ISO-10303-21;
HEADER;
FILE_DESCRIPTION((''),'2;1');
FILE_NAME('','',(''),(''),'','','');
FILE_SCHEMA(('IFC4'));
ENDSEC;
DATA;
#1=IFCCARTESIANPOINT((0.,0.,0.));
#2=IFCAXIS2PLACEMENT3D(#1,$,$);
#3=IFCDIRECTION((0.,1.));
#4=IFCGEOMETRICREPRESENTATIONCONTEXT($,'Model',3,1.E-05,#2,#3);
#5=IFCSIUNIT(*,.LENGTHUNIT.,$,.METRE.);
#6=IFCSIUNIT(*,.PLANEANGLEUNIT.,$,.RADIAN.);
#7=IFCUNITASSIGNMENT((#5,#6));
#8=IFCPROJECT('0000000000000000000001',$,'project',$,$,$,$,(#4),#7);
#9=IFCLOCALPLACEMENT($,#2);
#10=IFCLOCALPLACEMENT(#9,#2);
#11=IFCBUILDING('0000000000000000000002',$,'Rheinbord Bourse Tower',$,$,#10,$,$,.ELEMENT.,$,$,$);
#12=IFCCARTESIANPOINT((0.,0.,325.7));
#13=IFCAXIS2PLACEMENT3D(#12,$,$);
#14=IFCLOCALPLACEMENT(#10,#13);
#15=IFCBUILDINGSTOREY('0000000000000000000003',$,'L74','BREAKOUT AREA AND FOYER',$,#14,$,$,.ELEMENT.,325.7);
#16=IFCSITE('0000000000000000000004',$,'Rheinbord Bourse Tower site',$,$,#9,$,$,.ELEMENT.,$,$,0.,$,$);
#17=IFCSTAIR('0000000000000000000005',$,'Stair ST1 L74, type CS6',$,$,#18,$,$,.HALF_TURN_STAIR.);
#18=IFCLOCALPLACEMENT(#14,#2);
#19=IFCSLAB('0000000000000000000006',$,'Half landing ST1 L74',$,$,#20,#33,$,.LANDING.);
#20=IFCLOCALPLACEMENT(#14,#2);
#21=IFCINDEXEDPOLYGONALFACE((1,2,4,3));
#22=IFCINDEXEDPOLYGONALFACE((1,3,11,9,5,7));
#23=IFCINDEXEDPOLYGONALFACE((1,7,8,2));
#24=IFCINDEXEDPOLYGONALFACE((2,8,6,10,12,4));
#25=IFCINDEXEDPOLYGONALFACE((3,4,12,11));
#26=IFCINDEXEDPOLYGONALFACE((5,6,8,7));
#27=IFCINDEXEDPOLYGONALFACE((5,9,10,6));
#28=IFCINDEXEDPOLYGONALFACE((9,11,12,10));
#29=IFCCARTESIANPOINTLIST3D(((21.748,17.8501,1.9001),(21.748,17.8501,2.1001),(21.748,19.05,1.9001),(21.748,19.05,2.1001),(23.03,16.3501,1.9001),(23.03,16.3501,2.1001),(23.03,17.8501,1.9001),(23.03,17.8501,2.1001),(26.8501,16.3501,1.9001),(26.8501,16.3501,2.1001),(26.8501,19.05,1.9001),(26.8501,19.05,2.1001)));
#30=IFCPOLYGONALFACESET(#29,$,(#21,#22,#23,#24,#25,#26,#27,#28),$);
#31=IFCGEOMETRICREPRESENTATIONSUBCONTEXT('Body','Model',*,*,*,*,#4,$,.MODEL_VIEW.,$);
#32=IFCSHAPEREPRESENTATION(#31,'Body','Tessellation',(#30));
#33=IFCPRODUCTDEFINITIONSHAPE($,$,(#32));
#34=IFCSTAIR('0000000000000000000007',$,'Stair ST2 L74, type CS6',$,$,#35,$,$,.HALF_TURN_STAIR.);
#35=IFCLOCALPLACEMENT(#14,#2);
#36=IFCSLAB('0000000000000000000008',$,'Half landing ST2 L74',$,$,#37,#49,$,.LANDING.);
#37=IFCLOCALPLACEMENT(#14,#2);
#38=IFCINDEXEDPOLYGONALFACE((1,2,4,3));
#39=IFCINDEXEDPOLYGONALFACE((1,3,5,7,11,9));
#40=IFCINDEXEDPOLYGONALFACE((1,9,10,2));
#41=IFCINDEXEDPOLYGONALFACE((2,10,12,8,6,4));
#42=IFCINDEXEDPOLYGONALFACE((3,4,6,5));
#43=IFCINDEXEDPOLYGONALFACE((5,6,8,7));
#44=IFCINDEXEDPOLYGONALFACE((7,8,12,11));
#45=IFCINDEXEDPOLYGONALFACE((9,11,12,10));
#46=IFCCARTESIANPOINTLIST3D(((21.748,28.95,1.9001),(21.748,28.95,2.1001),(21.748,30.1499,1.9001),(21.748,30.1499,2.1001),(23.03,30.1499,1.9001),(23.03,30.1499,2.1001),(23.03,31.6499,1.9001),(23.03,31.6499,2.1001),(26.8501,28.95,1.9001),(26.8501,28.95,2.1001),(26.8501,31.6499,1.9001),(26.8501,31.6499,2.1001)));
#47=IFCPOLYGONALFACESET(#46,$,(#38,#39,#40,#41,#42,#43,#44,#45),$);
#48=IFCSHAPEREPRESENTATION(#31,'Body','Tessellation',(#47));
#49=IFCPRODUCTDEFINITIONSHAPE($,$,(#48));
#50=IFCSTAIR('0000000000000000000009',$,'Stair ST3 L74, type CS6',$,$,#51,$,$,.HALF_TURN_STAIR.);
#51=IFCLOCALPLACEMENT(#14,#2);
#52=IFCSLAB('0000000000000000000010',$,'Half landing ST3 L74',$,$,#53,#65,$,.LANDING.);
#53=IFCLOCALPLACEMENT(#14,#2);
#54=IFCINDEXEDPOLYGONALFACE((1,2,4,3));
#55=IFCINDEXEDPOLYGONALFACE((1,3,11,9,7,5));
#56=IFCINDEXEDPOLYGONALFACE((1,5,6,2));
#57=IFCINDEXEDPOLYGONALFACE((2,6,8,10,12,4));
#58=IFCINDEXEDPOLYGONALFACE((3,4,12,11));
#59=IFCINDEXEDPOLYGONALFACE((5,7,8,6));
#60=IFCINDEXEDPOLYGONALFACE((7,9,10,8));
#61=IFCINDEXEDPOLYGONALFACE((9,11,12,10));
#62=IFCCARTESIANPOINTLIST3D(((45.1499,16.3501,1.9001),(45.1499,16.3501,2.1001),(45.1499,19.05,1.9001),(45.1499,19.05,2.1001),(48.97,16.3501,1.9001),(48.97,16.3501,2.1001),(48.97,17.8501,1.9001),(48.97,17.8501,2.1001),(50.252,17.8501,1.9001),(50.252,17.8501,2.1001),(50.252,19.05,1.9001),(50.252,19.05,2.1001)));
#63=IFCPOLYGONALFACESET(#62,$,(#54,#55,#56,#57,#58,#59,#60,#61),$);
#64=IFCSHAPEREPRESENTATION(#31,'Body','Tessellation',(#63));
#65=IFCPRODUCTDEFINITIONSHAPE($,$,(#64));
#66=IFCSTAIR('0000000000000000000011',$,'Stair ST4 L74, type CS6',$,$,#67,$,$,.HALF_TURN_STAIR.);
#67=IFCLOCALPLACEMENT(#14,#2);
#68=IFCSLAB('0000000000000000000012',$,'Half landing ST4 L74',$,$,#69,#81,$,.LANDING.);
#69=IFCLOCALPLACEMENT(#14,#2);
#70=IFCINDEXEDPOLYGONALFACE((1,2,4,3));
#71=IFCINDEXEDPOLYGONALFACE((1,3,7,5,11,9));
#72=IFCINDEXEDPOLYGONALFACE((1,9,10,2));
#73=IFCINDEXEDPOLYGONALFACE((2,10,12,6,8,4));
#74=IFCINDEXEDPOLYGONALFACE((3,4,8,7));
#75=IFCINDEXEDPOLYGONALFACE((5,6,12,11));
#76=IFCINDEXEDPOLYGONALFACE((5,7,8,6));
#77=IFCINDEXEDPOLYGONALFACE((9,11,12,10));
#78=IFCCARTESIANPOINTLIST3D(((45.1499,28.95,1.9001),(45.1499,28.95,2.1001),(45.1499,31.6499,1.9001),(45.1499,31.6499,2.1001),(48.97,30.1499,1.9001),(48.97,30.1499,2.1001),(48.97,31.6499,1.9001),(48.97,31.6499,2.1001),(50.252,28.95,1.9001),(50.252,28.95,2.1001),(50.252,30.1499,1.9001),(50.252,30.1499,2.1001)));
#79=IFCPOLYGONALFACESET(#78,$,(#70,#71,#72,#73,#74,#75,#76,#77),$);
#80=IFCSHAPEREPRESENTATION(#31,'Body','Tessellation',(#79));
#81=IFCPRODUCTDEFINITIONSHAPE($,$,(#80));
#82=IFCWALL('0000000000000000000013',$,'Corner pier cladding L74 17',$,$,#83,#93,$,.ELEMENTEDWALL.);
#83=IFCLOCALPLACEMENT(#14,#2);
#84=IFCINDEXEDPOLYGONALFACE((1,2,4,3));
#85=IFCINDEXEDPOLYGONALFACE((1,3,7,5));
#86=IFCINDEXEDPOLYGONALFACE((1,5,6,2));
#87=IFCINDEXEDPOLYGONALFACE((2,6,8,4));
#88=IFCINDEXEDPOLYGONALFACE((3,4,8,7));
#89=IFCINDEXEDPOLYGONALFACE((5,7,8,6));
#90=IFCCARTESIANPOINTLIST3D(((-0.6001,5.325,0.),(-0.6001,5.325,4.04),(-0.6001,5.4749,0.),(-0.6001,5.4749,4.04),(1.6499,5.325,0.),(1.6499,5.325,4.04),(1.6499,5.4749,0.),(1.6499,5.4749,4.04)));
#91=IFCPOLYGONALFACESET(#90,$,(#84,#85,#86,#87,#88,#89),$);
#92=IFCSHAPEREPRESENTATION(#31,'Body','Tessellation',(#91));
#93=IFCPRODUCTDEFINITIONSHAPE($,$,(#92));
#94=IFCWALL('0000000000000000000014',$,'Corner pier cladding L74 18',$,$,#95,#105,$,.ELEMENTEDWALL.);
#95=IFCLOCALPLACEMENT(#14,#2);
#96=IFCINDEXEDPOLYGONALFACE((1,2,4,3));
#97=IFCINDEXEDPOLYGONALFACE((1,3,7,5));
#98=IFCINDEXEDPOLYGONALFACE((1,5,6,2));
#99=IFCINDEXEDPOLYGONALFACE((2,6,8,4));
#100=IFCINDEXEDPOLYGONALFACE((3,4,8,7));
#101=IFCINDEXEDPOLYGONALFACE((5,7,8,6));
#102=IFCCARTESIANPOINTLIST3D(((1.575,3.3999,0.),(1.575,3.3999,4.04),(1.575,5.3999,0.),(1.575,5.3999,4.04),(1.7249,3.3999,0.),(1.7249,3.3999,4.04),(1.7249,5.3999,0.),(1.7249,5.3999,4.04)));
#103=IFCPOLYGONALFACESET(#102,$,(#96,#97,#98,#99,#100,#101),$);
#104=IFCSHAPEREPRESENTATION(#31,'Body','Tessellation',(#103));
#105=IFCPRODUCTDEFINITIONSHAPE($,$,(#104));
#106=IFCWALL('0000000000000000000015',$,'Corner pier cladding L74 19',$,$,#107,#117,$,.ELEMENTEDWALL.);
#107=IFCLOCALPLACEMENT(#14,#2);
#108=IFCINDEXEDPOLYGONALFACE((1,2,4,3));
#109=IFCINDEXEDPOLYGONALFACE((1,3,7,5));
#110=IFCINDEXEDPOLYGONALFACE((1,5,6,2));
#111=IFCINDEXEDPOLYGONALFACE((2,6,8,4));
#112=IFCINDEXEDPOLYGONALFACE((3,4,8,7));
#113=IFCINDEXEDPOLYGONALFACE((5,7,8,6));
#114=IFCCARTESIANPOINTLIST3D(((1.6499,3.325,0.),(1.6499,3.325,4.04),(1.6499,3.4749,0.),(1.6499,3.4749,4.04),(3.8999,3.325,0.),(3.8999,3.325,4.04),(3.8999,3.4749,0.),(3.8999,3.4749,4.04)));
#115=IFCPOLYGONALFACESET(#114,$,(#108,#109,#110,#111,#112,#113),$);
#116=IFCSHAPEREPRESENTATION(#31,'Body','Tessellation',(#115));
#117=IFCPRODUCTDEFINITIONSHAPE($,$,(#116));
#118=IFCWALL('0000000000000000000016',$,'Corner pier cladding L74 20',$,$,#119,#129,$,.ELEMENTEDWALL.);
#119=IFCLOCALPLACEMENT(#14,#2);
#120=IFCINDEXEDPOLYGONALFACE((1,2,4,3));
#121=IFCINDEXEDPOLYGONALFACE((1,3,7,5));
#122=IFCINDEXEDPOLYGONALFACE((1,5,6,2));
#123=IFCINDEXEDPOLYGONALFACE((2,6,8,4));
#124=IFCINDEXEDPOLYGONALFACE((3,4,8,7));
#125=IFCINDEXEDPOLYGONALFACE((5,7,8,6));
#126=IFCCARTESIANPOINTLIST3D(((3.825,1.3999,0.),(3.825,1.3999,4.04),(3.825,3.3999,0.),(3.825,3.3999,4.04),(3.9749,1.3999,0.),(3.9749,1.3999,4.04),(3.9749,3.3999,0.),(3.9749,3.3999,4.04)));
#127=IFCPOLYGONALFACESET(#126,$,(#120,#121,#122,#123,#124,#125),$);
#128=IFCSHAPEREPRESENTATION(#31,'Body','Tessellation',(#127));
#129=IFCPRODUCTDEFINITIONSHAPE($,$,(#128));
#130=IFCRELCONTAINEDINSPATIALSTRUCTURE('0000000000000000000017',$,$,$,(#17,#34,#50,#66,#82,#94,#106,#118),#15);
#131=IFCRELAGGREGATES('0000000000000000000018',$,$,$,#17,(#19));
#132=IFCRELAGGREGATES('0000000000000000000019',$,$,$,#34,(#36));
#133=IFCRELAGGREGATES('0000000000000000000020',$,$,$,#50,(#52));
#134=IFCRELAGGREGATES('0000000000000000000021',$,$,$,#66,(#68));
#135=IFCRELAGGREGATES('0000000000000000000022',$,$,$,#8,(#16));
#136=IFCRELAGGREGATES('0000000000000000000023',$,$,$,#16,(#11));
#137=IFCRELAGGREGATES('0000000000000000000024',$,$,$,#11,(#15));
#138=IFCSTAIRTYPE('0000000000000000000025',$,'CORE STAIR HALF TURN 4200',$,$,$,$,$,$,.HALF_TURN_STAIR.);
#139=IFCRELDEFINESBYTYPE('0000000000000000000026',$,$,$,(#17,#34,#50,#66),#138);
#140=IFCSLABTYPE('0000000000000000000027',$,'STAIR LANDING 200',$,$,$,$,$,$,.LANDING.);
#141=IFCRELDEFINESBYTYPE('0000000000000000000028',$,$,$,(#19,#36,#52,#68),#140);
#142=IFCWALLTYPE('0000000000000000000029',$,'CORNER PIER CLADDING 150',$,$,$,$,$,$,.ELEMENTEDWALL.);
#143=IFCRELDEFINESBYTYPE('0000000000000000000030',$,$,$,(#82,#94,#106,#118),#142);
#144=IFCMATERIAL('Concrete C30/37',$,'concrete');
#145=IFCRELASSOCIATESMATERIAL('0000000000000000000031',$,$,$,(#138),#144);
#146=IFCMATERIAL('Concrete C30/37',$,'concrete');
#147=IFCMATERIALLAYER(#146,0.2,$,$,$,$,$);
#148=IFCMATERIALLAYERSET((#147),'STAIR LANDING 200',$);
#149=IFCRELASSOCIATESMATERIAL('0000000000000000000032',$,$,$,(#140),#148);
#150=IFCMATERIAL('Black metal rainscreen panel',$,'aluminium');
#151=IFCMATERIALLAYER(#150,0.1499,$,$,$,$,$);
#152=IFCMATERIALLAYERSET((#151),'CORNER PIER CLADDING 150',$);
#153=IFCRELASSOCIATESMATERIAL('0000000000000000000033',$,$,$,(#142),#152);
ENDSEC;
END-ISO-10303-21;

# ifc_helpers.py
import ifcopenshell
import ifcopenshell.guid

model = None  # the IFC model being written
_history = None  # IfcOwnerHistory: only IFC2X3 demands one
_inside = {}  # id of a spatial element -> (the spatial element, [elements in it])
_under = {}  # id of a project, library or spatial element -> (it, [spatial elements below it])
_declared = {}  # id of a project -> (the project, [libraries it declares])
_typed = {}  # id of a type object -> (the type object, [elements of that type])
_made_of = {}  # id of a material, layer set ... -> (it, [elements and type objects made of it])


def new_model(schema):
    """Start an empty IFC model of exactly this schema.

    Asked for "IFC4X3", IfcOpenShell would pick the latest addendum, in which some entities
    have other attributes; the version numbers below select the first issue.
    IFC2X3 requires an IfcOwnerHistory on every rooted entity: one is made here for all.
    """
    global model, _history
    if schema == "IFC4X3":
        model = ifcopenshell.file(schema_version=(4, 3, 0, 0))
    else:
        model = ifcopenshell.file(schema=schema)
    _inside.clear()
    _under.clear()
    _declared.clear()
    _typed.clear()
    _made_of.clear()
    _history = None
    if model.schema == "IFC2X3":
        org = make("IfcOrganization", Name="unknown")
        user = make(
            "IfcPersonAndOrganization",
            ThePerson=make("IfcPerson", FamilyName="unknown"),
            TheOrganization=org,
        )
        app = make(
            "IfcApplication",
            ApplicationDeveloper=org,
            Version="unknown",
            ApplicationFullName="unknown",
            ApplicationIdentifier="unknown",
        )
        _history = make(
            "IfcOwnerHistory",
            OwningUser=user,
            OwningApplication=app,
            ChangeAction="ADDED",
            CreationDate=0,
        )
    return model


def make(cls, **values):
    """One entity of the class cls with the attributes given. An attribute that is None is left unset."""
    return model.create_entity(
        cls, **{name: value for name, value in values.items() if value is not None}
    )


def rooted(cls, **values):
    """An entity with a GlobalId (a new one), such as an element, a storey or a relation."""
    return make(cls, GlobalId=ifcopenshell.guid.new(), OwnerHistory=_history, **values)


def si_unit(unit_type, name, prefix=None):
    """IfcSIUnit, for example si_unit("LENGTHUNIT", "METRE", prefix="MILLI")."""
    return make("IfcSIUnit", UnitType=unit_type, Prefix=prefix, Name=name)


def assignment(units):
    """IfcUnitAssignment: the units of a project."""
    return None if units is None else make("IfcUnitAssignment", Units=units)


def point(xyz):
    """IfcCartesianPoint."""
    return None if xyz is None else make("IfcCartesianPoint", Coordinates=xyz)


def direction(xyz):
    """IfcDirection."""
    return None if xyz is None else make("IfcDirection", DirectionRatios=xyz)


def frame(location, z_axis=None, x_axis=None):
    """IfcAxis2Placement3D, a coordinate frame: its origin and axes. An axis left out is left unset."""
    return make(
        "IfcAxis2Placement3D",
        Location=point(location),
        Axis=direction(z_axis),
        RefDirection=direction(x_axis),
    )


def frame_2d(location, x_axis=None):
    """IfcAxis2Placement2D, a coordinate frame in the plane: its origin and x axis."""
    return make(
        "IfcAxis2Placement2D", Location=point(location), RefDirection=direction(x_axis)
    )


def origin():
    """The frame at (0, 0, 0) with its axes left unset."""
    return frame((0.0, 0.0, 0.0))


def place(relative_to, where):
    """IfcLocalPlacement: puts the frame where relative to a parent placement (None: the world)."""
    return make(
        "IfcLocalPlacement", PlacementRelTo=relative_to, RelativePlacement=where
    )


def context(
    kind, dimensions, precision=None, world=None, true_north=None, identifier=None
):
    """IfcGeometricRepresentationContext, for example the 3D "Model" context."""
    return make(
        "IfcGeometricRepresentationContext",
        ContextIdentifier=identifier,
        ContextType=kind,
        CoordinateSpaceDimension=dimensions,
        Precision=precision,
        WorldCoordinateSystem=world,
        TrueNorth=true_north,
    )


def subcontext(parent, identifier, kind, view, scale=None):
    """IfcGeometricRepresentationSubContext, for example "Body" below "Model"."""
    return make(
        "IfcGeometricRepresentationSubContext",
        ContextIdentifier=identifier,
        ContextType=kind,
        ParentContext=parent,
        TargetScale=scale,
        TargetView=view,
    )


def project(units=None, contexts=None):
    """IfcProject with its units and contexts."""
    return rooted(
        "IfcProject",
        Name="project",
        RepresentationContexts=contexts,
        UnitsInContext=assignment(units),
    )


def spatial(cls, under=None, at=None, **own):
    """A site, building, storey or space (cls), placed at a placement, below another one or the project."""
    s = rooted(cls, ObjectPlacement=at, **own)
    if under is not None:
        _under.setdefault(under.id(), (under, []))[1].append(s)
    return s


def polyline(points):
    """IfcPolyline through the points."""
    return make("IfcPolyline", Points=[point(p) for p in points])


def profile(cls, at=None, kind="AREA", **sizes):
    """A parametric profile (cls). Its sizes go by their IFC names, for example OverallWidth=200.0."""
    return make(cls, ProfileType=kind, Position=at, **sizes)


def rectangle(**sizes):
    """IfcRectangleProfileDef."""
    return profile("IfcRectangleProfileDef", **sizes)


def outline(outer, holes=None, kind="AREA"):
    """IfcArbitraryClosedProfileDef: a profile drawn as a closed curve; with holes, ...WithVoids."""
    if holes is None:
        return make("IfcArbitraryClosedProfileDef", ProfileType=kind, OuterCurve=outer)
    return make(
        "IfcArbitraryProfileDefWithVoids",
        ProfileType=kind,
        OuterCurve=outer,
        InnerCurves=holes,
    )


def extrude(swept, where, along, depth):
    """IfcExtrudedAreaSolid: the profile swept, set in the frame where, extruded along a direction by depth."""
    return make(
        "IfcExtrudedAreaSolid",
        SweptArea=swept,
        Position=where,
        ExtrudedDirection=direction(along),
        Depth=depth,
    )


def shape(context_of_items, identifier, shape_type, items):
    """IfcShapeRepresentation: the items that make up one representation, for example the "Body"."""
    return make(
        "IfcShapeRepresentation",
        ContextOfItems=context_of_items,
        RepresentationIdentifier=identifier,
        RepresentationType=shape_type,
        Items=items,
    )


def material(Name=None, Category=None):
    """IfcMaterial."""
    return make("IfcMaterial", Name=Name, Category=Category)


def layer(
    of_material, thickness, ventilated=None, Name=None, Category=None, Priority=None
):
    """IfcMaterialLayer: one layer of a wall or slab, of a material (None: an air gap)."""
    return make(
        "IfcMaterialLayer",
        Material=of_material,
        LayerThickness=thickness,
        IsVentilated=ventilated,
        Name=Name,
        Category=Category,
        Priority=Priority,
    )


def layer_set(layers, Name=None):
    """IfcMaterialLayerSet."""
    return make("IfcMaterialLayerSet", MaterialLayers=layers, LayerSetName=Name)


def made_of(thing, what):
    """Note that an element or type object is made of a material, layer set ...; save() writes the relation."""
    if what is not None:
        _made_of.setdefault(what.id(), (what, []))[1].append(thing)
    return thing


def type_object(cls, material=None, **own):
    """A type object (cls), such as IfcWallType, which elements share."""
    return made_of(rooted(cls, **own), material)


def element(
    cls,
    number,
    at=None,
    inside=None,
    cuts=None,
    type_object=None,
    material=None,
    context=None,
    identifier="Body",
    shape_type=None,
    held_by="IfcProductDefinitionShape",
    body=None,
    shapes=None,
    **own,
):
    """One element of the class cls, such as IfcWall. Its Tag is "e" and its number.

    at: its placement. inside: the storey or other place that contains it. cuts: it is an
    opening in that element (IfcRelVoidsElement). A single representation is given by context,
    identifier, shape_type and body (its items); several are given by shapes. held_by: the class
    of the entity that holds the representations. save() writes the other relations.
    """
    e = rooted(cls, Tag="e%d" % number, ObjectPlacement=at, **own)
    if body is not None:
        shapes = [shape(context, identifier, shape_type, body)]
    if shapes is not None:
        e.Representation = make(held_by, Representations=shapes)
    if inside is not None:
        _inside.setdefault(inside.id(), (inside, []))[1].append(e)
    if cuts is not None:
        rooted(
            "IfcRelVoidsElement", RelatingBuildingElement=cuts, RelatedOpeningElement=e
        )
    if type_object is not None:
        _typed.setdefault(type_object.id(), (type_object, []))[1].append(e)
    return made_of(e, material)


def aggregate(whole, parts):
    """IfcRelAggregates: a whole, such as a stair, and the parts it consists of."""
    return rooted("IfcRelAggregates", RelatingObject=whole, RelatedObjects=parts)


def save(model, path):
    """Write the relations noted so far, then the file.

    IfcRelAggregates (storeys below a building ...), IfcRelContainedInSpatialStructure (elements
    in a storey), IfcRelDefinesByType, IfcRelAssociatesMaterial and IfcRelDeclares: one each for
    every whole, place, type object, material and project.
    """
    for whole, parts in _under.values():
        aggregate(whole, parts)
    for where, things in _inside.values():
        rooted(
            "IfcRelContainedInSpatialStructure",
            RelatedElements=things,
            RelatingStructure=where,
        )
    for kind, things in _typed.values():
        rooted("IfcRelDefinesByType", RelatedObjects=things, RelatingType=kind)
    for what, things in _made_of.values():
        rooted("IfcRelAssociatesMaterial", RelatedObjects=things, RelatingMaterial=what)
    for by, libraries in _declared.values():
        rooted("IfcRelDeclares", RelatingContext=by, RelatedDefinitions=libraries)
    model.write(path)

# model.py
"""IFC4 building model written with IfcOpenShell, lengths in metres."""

from ifc_helpers import new_model, si_unit, direction, frame, frame_2d, origin, place, context, subcontext, project, spatial, polyline, rectangle, outline, extrude, material, layer, layer_set, type_object, element, aggregate, save


model = new_model("IFC4")

# Units and contexts
model_context = context("Model", 3, precision=1e-05, world=origin(), true_north=direction((0.0, 1.0)))
body_context = subcontext(model_context, "Body", "Model", "MODEL_VIEW")
ifc_project = project(units=[si_unit("LENGTHUNIT", "METRE"), si_unit("PLANEANGLEUNIT", "RADIAN")], contexts=[model_context])

# Site, building, storey
site_placement = place(None, origin())
site = spatial("IfcSite", under=ifc_project, at=site_placement, Name="Rheinbord Bourse Tower site", CompositionType="ELEMENT", RefElevation=0.0)
building_placement = place(site_placement, origin())
building = spatial("IfcBuilding", under=site, at=building_placement, Name="Rheinbord Bourse Tower", CompositionType="ELEMENT")
storey_placement = place(building_placement, frame((0.0, 0.0, 325.7)))
storey = spatial("IfcBuildingStorey", under=building, at=storey_placement, Name="L74", Description="BREAKOUT AREA AND FOYER", CompositionType="ELEMENT", Elevation=325.7)

# Stairs, slabs
ifc_material_1 = material(Name="Concrete C30/37", Category="concrete")
stair_type = type_object("IfcStairType", Name="CORE STAIR HALF TURN 4200", PredefinedType="HALF_TURN_STAIR", material=ifc_material_1)
stair_1_placement = place(storey_placement, origin())
stair_1 = element("IfcStair", 1, at=stair_1_placement, inside=storey, type_object=stair_type, Name="Stair ST1 L74, type CS6", PredefinedType="HALF_TURN_STAIR")
ifc_material_2 = material(Name="Concrete C30/37", Category="concrete")
ifc_layer_1 = layer(ifc_material_2, 0.2)
ifc_layer_set_1 = layer_set([ifc_layer_1], Name="STAIR LANDING 200")
slab_type_1 = type_object("IfcSlabType", Name="STAIR LANDING 200", PredefinedType="LANDING", material=ifc_layer_set_1)
slab_1_placement = place(storey_placement, frame((0.0, 0.0, 1.9001)))
slab_1 = element("IfcSlab", 2, at=slab_1_placement, type_object=slab_type_1, Name="Half landing ST1 L74", PredefinedType="LANDING", context=body_context, shape_type="SweptSolid", body=[
    extrude(outline(polyline([(23.03, 16.3501), (26.8501, 16.3501), (26.8501, 19.05), (21.748, 19.05), (21.748, 17.8501), (23.03, 17.8501), (23.03, 16.3501)])), origin(), (0.0, 0.0, 1.0), 0.2),
])
aggregate(stair_1, [slab_1])
stair_2_placement = place(storey_placement, origin())
stair_2 = element("IfcStair", 3, at=stair_2_placement, inside=storey, type_object=stair_type, Name="Stair ST2 L74, type CS6", PredefinedType="HALF_TURN_STAIR")
slab_2_placement = place(storey_placement, frame((0.0, 0.0, 1.9001)))
slab_2 = element("IfcSlab", 4, at=slab_2_placement, type_object=slab_type_1, Name="Half landing ST2 L74", PredefinedType="LANDING", context=body_context, shape_type="SweptSolid", body=[
    extrude(outline(polyline([(21.748, 28.95), (26.8501, 28.95), (26.8501, 31.6499), (23.03, 31.6499), (23.03, 30.1499), (21.748, 30.1499), (21.748, 28.95)])), origin(), (0.0, 0.0, 1.0), 0.2),
])
aggregate(stair_2, [slab_2])
stair_3_placement = place(storey_placement, origin())
stair_3 = element("IfcStair", 5, at=stair_3_placement, inside=storey, type_object=stair_type, Name="Stair ST3 L74, type CS6", PredefinedType="HALF_TURN_STAIR")
slab_3_placement = place(storey_placement, frame((0.0, 0.0, 1.9001)))
slab_3 = element("IfcSlab", 6, at=slab_3_placement, type_object=slab_type_1, Name="Half landing ST3 L74", PredefinedType="LANDING", context=body_context, shape_type="SweptSolid", body=[
    extrude(outline(polyline([(45.1499, 16.3501), (48.97, 16.3501), (48.97, 17.8501), (50.252, 17.8501), (50.252, 19.05), (45.1499, 19.05), (45.1499, 16.3501)])), origin(), (0.0, 0.0, 1.0), 0.2),
])
aggregate(stair_3, [slab_3])
stair_4_placement = place(storey_placement, origin())
stair_4 = element("IfcStair", 7, at=stair_4_placement, inside=storey, type_object=stair_type, Name="Stair ST4 L74, type CS6", PredefinedType="HALF_TURN_STAIR")
slab_4_placement = place(storey_placement, frame((0.0, 0.0, 1.9001)))
slab_4 = element("IfcSlab", 8, at=slab_4_placement, type_object=slab_type_1, Name="Half landing ST4 L74", PredefinedType="LANDING", context=body_context, shape_type="SweptSolid", body=[
    extrude(outline(polyline([(45.1499, 28.95), (50.252, 28.95), (50.252, 30.1499), (48.97, 30.1499), (48.97, 31.6499), (45.1499, 31.6499), (45.1499, 28.95)])), origin(), (0.0, 0.0, 1.0), 0.2),
])
aggregate(stair_4, [slab_4])

# Walls
ifc_material_3 = material(Name="Black metal rainscreen panel", Category="aluminium")
ifc_layer_2 = layer(ifc_material_3, 0.1499)
ifc_layer_set_2 = layer_set([ifc_layer_2], Name="CORNER PIER CLADDING 150")
wall_type = type_object("IfcWallType", Name="CORNER PIER CLADDING 150", PredefinedType="ELEMENTEDWALL", material=ifc_layer_set_2)
wall_1_placement = place(storey_placement, frame((-0.6001, 5.3999, 0.0), z_axis=(0.0, 0.0, 1.0), x_axis=(1.0, 0.0, 0.0)))
element("IfcWall", 9, at=wall_1_placement, inside=storey, type_object=wall_type, Name="Corner pier cladding L74 17", PredefinedType="ELEMENTEDWALL", context=body_context, shape_type="SweptSolid", body=[
    extrude(rectangle(XDim=2.25, YDim=0.1499, at=frame_2d((1.125, 0.0))), origin(), (0.0, 0.0, 1.0), 4.04),
])
wall_2_placement = place(storey_placement, frame((1.6499, 5.3999, 0.0), z_axis=(0.0, 0.0, 1.0), x_axis=(0.0, -1.0, 0.0)))
element("IfcWall", 10, at=wall_2_placement, inside=storey, type_object=wall_type, Name="Corner pier cladding L74 18", PredefinedType="ELEMENTEDWALL", context=body_context, shape_type="SweptSolid", body=[
    extrude(rectangle(XDim=2.0, YDim=0.1499, at=frame_2d((1.0, 0.0))), origin(), (0.0, 0.0, 1.0), 4.04),
])
wall_3_placement = place(storey_placement, frame((1.6499, 3.3999, 0.0), z_axis=(0.0, 0.0, 1.0), x_axis=(1.0, 0.0, 0.0)))
element("IfcWall", 11, at=wall_3_placement, inside=storey, type_object=wall_type, Name="Corner pier cladding L74 19", PredefinedType="ELEMENTEDWALL", context=body_context, shape_type="SweptSolid", body=[
    extrude(rectangle(XDim=2.25, YDim=0.1499, at=frame_2d((1.125, 0.0))), origin(), (0.0, 0.0, 1.0), 4.04),
])
wall_4_placement = place(storey_placement, frame((3.8999, 3.3999, 0.0), z_axis=(0.0, 0.0, 1.0), x_axis=(0.0, -1.0, 0.0)))
element("IfcWall", 12, at=wall_4_placement, inside=storey, type_object=wall_type, Name="Corner pier cladding L74 20", PredefinedType="ELEMENTEDWALL", context=body_context, shape_type="SweptSolid", body=[
    extrude(rectangle(XDim=2.0, YDim=0.1499, at=frame_2d((1.0, 0.0))), origin(), (0.0, 0.0, 1.0), 4.04),
])

save(model, "model.ifc")
